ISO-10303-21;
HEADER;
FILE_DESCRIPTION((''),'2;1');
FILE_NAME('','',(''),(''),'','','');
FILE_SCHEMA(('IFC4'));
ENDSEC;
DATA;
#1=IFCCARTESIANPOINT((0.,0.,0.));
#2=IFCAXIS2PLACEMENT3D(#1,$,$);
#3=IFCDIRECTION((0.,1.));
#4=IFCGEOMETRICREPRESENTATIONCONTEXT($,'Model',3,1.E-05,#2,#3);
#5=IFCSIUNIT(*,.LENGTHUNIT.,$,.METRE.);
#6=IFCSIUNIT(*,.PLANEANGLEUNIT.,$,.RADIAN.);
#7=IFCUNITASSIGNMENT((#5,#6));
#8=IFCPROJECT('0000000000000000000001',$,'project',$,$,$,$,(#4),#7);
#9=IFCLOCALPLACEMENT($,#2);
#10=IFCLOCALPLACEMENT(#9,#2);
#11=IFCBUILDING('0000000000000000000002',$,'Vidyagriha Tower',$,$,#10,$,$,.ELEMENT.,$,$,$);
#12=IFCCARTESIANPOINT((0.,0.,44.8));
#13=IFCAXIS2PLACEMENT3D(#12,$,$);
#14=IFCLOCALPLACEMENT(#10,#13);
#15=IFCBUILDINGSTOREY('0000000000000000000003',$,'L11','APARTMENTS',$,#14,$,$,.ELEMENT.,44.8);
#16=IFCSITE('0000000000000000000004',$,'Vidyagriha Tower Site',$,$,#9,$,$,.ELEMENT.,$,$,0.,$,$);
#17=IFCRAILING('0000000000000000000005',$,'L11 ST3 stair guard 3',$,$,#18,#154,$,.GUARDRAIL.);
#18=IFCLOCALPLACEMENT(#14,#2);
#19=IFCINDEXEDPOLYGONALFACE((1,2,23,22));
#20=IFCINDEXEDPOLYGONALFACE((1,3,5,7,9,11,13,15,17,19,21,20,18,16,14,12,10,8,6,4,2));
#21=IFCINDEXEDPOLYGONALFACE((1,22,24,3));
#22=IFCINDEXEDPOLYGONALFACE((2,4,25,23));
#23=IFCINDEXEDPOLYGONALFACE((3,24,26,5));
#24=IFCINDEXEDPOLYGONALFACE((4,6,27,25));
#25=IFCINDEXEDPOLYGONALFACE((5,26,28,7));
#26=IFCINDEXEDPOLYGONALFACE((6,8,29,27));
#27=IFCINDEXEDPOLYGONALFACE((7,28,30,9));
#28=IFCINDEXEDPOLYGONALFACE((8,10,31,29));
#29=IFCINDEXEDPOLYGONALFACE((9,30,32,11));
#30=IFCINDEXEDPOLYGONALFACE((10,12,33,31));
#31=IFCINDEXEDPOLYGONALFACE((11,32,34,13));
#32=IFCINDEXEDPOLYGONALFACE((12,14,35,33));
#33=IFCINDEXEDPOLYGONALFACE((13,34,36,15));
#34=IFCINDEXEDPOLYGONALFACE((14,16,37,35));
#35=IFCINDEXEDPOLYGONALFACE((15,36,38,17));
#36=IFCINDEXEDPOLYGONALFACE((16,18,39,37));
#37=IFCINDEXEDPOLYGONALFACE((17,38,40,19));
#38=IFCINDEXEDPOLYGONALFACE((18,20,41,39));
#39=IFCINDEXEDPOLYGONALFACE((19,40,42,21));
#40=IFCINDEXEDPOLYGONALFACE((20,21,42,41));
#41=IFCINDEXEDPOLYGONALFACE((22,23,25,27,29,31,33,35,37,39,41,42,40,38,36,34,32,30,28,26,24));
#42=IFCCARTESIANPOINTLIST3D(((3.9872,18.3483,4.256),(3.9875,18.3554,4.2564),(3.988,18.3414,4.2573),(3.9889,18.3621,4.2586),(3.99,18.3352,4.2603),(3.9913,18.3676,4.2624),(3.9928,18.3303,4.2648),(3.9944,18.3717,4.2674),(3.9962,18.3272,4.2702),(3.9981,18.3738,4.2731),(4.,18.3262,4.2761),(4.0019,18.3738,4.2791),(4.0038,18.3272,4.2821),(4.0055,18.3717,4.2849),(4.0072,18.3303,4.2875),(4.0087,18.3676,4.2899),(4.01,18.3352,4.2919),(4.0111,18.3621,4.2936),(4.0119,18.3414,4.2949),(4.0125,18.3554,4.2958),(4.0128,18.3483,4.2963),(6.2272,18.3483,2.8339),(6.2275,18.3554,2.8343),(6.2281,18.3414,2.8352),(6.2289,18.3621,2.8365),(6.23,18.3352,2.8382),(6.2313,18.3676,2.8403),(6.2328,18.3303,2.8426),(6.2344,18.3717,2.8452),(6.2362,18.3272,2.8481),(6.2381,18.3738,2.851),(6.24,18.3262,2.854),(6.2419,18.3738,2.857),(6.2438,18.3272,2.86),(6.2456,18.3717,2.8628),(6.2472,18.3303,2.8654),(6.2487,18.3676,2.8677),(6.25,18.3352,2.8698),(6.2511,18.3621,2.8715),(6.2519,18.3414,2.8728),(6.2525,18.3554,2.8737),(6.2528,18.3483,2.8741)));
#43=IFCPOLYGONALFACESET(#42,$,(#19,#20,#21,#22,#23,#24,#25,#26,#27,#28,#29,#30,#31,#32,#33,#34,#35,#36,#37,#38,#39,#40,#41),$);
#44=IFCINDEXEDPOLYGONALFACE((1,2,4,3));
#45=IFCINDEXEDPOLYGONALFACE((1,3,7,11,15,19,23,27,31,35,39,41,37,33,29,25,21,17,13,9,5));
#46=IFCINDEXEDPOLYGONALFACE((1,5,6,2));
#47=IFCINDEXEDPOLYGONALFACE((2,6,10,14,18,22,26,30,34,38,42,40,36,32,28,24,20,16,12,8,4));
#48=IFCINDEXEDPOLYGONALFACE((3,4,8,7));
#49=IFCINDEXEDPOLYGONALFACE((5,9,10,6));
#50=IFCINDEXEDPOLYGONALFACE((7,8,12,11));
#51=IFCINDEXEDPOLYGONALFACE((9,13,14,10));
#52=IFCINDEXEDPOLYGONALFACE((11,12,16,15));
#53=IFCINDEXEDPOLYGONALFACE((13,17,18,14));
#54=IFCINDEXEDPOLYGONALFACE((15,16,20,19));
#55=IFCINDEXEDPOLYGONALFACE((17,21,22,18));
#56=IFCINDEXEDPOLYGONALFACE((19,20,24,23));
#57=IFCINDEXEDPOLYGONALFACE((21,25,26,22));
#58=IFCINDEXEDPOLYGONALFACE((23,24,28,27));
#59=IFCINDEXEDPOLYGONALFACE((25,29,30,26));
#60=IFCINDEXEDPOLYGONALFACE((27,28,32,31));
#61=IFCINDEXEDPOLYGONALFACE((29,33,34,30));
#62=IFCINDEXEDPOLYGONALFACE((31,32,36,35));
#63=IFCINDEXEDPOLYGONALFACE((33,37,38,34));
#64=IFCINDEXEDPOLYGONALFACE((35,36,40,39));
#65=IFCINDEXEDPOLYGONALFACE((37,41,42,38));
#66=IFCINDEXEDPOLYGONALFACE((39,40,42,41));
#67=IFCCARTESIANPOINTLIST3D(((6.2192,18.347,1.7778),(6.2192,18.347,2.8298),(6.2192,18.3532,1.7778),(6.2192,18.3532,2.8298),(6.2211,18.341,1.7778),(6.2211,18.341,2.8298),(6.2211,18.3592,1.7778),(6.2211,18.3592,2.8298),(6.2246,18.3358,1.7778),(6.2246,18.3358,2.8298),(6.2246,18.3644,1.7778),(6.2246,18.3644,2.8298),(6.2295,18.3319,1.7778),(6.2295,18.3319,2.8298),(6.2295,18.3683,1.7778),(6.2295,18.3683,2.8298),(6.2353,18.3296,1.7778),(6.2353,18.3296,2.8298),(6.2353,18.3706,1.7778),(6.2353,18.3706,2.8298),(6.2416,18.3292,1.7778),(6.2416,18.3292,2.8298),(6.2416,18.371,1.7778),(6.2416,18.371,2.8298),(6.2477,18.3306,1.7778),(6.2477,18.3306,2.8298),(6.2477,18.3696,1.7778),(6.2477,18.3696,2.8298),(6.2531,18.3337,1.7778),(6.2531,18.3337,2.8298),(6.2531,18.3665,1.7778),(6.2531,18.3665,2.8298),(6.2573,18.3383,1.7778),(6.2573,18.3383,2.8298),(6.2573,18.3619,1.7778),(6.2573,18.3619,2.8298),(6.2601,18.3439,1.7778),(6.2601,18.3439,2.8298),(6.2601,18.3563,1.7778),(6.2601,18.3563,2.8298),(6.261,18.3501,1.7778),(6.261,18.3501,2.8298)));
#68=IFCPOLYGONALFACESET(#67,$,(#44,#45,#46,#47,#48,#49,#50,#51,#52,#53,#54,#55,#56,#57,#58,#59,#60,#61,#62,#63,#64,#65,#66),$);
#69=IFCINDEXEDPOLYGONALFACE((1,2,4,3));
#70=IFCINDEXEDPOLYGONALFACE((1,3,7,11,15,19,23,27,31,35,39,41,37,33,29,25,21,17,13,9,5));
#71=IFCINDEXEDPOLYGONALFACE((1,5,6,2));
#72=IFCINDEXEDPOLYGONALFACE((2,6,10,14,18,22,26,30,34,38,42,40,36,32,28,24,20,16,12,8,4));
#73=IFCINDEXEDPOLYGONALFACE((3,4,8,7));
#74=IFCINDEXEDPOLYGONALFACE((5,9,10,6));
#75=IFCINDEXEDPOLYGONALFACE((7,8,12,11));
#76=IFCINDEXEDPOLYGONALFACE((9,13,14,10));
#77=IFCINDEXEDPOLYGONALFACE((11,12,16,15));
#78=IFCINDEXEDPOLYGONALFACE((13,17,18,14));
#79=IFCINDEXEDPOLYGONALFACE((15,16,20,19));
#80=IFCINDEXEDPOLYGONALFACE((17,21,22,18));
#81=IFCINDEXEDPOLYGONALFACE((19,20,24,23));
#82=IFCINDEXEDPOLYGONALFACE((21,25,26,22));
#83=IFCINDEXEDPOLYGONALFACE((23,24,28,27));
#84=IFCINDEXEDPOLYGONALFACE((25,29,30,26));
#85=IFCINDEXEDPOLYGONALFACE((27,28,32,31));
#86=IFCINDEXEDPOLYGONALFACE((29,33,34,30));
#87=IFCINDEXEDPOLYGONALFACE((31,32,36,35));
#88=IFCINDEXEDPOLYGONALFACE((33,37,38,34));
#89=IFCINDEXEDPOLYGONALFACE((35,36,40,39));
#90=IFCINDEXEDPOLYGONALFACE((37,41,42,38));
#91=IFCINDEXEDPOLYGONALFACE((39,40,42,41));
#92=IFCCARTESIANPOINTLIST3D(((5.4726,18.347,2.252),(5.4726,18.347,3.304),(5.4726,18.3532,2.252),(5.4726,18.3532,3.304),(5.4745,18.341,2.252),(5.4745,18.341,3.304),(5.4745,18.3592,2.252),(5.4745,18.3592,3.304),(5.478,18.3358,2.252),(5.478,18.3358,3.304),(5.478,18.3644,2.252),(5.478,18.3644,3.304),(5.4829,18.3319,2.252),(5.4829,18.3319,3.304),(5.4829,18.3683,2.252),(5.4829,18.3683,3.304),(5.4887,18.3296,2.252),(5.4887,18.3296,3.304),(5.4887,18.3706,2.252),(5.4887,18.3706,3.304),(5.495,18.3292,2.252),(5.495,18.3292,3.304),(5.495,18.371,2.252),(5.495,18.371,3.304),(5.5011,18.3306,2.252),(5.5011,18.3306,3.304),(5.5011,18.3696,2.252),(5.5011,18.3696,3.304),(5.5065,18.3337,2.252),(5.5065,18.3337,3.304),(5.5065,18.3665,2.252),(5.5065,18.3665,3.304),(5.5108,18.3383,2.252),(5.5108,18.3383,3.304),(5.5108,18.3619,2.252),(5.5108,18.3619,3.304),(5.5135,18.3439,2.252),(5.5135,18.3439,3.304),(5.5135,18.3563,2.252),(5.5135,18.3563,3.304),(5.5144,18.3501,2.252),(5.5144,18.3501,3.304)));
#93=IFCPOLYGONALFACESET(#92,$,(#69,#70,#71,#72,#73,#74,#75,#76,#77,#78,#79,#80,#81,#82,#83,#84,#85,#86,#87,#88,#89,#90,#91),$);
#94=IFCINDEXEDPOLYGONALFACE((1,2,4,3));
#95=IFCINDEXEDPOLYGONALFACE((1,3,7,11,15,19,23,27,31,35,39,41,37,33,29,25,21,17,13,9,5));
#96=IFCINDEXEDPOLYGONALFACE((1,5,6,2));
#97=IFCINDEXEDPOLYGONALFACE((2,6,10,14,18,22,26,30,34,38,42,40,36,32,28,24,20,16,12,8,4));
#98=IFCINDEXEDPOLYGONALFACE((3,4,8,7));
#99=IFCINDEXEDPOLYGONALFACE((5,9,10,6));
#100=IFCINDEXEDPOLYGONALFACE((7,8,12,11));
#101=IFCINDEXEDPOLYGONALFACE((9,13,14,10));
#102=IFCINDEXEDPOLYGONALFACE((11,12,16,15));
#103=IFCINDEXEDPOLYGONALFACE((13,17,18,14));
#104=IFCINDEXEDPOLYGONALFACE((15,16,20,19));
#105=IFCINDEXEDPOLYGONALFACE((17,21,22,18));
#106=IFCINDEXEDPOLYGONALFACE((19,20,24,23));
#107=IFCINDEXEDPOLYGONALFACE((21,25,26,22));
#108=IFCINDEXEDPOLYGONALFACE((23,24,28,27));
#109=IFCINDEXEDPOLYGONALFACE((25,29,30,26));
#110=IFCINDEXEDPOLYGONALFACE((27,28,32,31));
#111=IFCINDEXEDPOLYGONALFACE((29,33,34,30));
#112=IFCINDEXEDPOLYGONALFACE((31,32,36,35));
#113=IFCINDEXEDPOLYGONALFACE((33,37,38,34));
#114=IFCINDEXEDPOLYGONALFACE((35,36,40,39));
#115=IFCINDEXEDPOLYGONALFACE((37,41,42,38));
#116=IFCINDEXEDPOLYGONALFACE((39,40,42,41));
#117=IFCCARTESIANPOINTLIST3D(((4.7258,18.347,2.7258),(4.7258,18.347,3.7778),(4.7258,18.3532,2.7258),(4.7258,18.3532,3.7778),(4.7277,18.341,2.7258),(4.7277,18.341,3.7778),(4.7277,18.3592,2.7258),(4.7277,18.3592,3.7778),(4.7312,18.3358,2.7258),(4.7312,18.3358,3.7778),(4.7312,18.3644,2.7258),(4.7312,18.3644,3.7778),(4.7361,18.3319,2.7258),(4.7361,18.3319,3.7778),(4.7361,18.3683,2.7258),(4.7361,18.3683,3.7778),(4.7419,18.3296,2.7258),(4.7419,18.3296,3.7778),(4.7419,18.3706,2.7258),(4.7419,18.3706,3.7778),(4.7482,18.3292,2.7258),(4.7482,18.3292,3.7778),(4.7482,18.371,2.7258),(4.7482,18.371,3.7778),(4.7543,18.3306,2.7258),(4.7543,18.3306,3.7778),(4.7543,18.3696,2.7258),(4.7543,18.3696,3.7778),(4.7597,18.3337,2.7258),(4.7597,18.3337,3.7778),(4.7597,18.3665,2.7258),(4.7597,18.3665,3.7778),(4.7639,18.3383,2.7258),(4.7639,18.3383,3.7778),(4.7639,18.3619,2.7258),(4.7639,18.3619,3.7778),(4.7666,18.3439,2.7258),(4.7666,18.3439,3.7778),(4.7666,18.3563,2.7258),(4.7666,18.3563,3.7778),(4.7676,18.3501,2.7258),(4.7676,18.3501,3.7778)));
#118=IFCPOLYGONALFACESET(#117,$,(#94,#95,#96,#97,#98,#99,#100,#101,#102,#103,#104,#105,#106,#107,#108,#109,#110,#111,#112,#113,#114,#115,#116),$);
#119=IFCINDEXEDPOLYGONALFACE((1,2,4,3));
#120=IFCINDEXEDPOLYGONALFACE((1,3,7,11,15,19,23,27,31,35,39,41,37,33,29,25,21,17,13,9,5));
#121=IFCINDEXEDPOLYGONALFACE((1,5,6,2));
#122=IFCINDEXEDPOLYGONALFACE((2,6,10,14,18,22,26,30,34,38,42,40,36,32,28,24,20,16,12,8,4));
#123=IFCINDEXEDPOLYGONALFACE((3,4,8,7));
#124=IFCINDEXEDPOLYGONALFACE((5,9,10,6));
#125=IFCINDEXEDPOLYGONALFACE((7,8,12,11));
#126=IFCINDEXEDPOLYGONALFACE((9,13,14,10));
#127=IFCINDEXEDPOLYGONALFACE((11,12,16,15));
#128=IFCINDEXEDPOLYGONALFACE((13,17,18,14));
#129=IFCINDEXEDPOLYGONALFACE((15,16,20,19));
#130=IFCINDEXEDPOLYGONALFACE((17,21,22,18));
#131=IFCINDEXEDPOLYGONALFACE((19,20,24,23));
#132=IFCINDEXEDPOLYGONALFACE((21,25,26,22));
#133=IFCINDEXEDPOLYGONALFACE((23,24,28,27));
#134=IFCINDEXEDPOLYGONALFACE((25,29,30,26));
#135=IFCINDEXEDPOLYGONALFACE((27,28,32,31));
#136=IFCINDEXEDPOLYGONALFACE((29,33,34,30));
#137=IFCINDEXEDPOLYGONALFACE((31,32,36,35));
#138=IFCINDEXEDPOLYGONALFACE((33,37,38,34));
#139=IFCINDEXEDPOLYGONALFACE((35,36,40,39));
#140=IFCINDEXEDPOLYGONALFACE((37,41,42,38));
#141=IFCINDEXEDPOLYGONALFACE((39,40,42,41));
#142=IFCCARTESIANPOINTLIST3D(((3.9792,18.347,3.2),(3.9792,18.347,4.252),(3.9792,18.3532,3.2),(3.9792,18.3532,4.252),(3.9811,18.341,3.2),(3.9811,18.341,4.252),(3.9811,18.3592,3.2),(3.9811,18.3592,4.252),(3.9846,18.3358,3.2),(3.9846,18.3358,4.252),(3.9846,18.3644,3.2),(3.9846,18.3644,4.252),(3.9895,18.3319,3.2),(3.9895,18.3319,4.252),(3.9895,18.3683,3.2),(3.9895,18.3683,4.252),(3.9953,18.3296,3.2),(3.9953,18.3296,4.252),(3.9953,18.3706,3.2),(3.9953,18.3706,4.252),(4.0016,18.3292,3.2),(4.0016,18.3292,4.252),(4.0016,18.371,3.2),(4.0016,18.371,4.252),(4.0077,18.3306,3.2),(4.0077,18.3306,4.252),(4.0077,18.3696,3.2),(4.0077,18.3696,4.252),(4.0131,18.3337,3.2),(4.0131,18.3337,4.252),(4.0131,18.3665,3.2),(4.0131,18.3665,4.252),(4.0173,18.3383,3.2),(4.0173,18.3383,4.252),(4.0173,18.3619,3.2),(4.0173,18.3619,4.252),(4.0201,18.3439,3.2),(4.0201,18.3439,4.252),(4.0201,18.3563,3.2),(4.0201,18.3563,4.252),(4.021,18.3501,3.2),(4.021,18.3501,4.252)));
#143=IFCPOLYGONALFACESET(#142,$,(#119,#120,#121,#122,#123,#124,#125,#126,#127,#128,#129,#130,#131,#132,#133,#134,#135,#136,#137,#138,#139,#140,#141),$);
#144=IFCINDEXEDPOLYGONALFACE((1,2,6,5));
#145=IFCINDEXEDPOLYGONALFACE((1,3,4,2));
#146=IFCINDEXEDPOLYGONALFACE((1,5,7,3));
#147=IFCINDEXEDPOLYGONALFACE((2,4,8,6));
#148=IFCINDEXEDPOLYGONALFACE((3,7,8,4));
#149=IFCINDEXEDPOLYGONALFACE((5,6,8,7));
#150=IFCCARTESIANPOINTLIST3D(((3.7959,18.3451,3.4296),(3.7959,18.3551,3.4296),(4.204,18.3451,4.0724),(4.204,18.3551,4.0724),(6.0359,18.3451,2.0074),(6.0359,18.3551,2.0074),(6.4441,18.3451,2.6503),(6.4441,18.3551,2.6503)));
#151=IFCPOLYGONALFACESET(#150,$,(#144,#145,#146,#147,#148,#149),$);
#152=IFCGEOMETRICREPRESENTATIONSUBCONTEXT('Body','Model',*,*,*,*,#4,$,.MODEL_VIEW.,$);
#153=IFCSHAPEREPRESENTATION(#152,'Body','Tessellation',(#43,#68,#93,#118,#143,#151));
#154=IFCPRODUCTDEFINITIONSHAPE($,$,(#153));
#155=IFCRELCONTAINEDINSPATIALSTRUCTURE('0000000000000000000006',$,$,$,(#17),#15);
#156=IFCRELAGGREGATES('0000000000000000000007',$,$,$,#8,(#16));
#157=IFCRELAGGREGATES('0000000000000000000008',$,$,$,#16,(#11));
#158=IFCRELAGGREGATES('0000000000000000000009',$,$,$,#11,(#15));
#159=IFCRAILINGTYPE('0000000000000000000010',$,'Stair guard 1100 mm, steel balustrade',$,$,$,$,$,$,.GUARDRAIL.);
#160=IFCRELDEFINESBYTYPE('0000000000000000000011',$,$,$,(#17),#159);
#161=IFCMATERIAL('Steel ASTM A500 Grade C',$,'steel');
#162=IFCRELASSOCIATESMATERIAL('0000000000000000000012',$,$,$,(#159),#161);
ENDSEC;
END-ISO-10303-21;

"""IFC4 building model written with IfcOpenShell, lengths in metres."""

from ifc_helpers import new_model, si_unit, direction, frame, origin, origin_2d, place, context, subcontext, project, spatial, rectangle, circle, extrude, material, type_object, element, save


model = new_model("IFC4")

# Units and contexts
model_context = context("Model", 3, precision=1e-05, world=origin(), true_north=direction((0.0, 1.0)))
body_context = subcontext(model_context, "Body", "Model", "MODEL_VIEW")
ifc_project = project(units=[si_unit("LENGTHUNIT", "METRE"), si_unit("PLANEANGLEUNIT", "RADIAN")], contexts=[model_context])

# Site, building, storey
site_placement = place(None, origin())
site = spatial("IfcSite", under=ifc_project, at=site_placement, Name="Vidyagriha Tower Site", CompositionType="ELEMENT", RefElevation=0.0)
building_placement = place(site_placement, origin())
building = spatial("IfcBuilding", under=site, at=building_placement, Name="Vidyagriha Tower", CompositionType="ELEMENT")
storey_placement = place(building_placement, frame((0.0, 0.0, 44.8)))
storey = spatial("IfcBuildingStorey", under=building, at=storey_placement, Name="L11", Description="APARTMENTS", CompositionType="ELEMENT", Elevation=44.8)

# Railing
ifc_material_1 = material(Name="Steel ASTM A500 Grade C", Category="steel")
railing_type_1 = type_object("IfcRailingType", Name="Stair guard 1100 mm, steel balustrade", PredefinedType="GUARDRAIL", material=ifc_material_1)
railing_1_placement = place(storey_placement, frame((6.24, 18.3501, 1.7778)))
element("IfcRailing", 1, at=railing_1_placement, inside=storey, type_object=railing_type_1, Name="L11 ST3 stair guard 3", PredefinedType="GUARDRAIL", context=body_context, shape_type="SweptSolid", body=[
    extrude(circle(Radius=0.0239, at=origin_2d()), frame((0.0, 0.0, 1.0762), z_axis=(-0.844229, 0.0, 0.535982), x_axis=(0.0, -1.0, 0.0)), (0.0, 0.0, 1.0), 2.6533),
    extrude(circle(Radius=0.021, at=origin_2d()), origin(), (0.0, 0.0, 1.0), 1.052),
    extrude(circle(Radius=0.021, at=origin_2d()), frame((-0.7466, 0.0, 0.4741)), (0.0, 0.0, 1.0), 1.052),
    extrude(circle(Radius=0.021, at=origin_2d()), frame((-1.4934, 0.0, 0.948)), (0.0, 0.0, 1.0), 1.052),
    extrude(circle(Radius=0.021, at=origin_2d()), frame((-2.24, 0.0, 1.4221)), (0.0, 0.0, 1.0), 1.052),
    extrude(rectangle(XDim=0.01, YDim=0.7615, at=origin_2d()), frame((0.0, 0.0, 0.551), z_axis=(-0.844229, 0.0, 0.535982), x_axis=(0.0, -1.0, 0.0)), (0.0, 0.0, 1.0), 2.6533),
])

save(model, "model.ifc")
